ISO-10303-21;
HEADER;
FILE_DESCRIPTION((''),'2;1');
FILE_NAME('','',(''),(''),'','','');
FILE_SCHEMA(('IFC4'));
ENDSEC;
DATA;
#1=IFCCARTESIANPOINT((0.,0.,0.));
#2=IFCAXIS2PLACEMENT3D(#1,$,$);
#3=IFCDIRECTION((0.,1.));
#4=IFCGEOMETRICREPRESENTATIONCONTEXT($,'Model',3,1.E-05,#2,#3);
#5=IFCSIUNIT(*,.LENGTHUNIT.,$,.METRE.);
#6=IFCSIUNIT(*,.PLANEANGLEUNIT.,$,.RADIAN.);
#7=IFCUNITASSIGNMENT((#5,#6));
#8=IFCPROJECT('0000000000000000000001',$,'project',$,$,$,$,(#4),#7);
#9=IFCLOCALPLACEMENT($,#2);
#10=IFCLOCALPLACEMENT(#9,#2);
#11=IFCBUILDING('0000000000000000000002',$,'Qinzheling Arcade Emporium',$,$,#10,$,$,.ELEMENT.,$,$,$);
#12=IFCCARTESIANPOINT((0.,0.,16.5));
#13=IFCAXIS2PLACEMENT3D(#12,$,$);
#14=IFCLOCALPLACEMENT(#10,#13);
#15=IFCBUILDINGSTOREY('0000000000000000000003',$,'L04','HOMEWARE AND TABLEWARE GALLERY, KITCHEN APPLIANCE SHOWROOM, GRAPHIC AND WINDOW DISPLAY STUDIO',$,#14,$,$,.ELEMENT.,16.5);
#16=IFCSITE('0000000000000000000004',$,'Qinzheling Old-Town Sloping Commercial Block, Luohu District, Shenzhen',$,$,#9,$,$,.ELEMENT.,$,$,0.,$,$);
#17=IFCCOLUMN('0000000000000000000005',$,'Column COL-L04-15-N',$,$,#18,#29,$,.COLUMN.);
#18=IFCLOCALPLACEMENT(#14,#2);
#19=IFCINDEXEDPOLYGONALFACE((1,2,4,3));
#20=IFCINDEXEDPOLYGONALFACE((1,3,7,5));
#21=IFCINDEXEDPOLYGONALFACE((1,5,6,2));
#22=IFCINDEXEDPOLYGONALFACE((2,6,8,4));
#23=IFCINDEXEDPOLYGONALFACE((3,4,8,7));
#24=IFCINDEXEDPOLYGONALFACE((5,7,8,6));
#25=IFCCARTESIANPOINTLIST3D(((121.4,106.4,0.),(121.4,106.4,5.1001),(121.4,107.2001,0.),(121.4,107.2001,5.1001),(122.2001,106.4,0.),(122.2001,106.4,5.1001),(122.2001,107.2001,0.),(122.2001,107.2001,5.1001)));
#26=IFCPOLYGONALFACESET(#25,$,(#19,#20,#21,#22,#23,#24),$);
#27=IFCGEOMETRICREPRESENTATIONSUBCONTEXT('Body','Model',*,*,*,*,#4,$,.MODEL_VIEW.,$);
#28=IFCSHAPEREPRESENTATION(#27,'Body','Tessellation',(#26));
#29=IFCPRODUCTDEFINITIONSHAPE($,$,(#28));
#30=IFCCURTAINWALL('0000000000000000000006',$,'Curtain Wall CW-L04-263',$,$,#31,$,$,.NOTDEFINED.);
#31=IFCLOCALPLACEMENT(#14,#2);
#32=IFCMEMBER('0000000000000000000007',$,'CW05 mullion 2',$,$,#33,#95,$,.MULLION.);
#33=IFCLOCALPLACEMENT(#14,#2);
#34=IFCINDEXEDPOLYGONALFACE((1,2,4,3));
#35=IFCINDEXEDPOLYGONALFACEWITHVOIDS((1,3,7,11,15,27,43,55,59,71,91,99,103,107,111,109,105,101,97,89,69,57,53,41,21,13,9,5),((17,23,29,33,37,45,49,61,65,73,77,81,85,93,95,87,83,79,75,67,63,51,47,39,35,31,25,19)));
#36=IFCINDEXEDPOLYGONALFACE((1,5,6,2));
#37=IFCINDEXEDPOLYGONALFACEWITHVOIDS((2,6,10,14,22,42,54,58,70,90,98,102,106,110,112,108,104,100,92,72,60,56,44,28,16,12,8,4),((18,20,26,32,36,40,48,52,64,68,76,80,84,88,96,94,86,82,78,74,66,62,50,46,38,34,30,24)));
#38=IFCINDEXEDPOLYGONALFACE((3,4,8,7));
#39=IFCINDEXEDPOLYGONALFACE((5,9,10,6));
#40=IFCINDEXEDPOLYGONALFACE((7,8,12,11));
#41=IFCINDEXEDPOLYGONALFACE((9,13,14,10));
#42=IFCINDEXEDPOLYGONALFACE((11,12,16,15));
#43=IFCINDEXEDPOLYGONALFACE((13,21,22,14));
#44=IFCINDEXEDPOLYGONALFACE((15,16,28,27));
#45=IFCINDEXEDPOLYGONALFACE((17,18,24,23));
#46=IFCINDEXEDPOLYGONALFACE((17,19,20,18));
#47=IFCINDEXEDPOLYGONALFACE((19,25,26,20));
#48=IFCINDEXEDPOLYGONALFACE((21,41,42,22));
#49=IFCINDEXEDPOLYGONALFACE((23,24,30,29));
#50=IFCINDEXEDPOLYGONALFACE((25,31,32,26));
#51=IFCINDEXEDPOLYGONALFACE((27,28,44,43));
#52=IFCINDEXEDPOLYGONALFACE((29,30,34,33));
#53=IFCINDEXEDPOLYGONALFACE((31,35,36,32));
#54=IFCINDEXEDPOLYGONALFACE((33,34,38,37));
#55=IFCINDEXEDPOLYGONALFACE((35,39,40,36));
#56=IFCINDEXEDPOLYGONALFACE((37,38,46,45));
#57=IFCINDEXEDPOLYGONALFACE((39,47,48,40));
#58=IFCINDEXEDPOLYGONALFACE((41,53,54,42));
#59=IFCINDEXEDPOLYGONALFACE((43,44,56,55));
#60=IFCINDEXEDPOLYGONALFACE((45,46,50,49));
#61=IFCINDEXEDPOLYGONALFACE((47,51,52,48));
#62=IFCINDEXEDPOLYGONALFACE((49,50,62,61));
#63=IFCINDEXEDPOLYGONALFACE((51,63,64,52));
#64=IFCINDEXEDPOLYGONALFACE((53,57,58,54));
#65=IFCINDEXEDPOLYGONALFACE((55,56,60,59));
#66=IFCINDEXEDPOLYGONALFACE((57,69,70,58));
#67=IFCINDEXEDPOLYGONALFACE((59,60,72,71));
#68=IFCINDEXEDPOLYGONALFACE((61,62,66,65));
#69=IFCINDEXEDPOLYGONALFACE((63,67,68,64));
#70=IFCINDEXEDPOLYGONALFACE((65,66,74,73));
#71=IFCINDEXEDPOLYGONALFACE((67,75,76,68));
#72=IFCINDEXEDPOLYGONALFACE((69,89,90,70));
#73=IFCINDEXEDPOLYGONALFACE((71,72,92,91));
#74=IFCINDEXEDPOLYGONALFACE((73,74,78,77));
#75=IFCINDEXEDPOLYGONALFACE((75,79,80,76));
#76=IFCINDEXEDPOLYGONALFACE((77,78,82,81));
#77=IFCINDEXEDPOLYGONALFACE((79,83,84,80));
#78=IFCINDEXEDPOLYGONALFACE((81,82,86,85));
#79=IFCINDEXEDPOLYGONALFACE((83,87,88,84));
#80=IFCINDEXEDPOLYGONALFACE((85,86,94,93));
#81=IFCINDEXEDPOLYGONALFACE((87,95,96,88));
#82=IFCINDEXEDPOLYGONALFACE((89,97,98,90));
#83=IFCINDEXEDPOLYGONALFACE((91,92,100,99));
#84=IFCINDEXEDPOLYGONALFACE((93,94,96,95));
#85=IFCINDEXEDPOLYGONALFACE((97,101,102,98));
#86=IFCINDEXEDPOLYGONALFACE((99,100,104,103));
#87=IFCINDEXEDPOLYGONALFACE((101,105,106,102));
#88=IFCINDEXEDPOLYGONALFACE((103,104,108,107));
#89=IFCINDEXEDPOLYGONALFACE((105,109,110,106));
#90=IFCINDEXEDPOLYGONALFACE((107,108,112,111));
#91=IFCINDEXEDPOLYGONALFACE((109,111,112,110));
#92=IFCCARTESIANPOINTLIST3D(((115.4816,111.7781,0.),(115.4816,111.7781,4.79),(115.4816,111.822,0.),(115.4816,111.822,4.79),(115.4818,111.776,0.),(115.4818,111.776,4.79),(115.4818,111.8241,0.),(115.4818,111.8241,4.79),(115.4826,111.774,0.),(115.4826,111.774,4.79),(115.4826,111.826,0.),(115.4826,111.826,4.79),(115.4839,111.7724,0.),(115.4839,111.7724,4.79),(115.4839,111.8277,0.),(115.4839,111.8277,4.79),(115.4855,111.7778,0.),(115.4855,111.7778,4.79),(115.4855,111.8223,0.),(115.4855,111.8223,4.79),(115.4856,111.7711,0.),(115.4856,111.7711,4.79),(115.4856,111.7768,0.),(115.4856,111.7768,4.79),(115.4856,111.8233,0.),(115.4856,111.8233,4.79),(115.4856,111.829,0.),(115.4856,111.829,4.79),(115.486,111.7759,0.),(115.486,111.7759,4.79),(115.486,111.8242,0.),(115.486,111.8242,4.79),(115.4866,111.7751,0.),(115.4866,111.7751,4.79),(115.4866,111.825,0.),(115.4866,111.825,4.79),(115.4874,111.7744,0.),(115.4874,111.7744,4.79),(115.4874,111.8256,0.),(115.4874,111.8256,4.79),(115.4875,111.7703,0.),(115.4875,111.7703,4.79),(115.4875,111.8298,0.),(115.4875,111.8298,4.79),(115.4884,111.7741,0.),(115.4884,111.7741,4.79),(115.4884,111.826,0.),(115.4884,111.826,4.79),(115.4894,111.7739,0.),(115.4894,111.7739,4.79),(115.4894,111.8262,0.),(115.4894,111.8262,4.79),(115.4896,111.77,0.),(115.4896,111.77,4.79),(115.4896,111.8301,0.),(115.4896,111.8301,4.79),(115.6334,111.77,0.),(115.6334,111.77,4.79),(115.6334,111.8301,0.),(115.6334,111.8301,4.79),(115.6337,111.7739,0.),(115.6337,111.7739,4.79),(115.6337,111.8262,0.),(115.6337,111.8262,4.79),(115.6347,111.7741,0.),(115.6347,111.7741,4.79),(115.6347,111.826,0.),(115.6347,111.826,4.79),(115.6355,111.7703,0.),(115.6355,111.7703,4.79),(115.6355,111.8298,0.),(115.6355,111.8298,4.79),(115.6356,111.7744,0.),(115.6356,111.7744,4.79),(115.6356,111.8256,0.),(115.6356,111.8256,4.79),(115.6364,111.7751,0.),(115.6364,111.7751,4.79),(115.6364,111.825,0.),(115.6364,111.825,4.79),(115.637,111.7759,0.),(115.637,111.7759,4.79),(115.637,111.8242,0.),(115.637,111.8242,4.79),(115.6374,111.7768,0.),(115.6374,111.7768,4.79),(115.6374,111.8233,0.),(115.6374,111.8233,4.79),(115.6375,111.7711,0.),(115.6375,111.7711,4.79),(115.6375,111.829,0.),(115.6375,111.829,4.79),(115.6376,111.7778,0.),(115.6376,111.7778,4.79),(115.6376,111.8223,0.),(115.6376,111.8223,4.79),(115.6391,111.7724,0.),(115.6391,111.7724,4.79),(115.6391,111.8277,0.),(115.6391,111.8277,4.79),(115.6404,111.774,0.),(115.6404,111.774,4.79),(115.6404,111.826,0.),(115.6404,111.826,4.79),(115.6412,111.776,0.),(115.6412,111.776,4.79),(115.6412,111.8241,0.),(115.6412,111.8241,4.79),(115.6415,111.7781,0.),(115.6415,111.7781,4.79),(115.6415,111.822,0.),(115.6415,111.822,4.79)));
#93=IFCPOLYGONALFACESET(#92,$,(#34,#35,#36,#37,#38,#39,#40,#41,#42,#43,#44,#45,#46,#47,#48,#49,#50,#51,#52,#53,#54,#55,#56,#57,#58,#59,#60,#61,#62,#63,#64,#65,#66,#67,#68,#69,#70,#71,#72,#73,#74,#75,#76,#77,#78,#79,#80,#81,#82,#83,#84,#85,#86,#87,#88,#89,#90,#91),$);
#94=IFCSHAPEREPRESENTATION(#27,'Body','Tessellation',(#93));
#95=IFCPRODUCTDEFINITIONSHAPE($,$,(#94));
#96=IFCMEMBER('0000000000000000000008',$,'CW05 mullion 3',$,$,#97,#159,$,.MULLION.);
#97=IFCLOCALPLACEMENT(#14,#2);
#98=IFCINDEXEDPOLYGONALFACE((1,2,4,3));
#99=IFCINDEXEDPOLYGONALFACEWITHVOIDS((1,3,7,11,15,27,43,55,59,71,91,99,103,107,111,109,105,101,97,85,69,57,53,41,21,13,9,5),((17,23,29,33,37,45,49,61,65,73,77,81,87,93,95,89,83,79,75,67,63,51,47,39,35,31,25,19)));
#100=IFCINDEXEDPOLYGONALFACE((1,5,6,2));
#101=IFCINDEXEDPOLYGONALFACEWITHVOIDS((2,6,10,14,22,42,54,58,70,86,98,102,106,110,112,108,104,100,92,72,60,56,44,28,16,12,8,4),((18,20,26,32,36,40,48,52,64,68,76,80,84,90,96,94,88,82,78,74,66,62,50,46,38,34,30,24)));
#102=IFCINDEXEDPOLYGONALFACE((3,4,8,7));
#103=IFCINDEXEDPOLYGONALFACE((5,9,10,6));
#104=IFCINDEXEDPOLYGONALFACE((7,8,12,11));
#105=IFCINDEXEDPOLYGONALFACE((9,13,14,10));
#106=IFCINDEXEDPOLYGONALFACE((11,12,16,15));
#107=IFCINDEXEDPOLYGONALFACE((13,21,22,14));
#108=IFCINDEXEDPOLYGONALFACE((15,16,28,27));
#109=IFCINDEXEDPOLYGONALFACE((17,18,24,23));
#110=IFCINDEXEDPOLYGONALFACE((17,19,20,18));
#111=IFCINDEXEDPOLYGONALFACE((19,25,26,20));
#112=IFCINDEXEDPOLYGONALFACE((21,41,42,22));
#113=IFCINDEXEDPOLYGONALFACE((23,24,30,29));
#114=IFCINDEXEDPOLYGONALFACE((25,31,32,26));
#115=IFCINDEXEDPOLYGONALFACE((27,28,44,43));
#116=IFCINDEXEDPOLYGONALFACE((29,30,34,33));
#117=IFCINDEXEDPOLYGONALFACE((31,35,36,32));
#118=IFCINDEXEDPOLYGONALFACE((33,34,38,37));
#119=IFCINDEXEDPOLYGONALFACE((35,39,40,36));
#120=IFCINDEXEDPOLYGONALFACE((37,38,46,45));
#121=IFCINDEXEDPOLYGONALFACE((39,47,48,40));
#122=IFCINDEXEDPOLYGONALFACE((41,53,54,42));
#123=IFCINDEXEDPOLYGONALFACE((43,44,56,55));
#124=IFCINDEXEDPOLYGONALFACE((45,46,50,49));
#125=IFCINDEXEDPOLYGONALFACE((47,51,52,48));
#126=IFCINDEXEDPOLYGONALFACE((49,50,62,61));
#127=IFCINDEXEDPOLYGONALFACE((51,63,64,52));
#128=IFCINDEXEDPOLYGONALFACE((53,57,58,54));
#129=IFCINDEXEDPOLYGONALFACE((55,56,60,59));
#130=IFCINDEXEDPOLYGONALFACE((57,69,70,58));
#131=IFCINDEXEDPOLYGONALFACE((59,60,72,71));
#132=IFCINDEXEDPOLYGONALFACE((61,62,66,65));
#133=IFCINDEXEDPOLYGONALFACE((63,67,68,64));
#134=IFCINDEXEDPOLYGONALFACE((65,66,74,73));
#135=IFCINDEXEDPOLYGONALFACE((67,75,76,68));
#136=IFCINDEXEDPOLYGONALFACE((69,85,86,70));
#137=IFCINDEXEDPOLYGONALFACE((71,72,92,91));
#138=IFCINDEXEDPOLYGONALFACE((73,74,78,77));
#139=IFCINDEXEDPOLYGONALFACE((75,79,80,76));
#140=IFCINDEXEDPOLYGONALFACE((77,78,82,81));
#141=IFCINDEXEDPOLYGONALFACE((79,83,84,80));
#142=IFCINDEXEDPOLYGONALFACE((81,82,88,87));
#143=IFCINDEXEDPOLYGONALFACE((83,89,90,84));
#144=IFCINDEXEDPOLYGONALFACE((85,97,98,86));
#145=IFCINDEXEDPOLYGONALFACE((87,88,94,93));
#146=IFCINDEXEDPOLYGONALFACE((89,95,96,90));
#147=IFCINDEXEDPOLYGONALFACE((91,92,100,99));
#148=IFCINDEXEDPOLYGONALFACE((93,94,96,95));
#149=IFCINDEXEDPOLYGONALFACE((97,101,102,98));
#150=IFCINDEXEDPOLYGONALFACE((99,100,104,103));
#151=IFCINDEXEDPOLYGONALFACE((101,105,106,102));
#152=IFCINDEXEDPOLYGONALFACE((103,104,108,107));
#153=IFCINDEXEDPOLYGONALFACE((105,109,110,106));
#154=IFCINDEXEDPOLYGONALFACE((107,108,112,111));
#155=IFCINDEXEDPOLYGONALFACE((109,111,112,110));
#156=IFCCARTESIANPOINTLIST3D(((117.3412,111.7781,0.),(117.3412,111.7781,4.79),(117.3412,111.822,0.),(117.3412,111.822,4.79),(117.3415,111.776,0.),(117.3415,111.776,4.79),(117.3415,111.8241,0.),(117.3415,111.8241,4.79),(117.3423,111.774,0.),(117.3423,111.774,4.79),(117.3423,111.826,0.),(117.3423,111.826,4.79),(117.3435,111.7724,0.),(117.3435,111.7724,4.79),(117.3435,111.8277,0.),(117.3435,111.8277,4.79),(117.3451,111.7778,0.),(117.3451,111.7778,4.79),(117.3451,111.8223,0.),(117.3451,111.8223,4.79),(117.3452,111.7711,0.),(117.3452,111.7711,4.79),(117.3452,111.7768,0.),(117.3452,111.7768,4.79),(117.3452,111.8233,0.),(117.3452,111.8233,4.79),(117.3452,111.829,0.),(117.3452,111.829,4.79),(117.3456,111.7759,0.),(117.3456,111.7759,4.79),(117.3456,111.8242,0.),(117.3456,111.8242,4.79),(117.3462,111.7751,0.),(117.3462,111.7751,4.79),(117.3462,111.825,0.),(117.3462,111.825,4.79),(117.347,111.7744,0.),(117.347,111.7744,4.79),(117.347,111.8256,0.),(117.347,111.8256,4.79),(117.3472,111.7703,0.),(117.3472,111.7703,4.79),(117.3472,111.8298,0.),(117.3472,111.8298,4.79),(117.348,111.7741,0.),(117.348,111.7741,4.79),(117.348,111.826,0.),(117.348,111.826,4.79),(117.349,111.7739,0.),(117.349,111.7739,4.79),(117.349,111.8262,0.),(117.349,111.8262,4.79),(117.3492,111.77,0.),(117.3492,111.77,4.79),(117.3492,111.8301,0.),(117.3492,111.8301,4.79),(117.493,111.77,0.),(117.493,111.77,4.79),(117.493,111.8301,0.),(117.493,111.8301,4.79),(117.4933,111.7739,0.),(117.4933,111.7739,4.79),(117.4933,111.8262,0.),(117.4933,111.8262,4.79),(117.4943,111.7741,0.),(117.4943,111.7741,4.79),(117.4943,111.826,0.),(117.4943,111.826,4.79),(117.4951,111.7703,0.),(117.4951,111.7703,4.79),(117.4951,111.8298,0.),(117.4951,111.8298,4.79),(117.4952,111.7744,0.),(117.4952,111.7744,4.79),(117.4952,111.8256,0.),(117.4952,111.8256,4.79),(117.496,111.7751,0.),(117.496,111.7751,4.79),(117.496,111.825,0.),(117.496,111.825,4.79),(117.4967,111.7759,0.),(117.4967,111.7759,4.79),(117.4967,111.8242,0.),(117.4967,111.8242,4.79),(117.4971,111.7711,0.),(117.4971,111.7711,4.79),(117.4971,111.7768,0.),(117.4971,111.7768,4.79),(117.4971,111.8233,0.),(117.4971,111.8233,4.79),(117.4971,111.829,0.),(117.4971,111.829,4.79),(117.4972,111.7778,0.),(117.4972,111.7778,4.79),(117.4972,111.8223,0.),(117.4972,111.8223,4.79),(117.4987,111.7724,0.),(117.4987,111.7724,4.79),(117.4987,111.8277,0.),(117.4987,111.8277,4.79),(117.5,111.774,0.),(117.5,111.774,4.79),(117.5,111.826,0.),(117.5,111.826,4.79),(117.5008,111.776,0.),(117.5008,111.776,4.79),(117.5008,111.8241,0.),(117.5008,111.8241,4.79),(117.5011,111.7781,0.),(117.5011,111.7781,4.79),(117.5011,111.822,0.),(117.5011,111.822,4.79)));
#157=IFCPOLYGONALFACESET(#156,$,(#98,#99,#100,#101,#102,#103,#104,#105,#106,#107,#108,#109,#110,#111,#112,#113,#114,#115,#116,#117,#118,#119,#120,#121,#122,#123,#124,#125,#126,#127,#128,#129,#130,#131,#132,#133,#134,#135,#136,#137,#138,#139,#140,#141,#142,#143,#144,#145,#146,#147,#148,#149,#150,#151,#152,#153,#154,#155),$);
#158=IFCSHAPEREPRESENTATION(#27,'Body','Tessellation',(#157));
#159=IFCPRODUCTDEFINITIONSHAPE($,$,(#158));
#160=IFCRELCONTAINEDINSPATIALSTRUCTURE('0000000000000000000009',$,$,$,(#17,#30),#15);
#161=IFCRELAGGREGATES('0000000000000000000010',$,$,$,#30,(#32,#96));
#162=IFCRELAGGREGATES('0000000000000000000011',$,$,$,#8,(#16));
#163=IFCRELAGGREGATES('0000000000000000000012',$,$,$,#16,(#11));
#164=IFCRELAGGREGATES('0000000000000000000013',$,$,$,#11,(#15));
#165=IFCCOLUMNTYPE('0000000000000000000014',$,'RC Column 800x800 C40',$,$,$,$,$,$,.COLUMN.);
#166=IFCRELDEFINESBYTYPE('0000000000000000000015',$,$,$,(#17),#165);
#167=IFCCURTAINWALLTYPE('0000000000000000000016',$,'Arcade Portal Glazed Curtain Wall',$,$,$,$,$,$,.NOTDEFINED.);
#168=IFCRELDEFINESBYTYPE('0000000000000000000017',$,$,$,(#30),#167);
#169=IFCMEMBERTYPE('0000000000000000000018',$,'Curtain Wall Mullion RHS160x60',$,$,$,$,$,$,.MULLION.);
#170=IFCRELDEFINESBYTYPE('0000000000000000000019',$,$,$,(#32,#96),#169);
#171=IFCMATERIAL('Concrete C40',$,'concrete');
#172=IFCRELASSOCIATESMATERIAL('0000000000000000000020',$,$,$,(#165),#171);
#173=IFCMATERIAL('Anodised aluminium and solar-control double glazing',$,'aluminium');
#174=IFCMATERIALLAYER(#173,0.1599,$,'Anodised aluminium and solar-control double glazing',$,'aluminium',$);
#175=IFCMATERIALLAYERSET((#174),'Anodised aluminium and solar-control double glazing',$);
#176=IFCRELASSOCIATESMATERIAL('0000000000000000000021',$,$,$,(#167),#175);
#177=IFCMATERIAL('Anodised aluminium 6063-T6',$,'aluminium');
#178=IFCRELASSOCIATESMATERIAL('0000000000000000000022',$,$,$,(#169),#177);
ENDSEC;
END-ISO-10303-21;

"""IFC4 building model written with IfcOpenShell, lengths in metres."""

from ifc_helpers import new_model, si_unit, direction, frame, origin, origin_2d, place, context, subcontext, project, spatial, rectangle, hollow_rectangle, extrude, material, layer, layer_set, material_profile, profile_set, type_object, element, aggregate, save


model = new_model("IFC4")

# Units and contexts
model_context = context("Model", 3, precision=1e-05, world=origin(), true_north=direction((0.0, 1.0)))
body_context = subcontext(model_context, "Body", "Model", "MODEL_VIEW")
ifc_project = project(units=[si_unit("LENGTHUNIT", "METRE"), si_unit("PLANEANGLEUNIT", "RADIAN")], contexts=[model_context])

# Site, building, storey
site_placement = place(None, origin())
site = spatial("IfcSite", under=ifc_project, at=site_placement, Name="Qinzheling Old-Town Sloping Commercial Block, Luohu District, Shenzhen", CompositionType="ELEMENT", RefElevation=0.0)
building_placement = place(site_placement, origin())
building = spatial("IfcBuilding", under=site, at=building_placement, Name="Qinzheling Arcade Emporium", CompositionType="ELEMENT")
storey_placement = place(building_placement, frame((0.0, 0.0, 16.5)))
storey = spatial("IfcBuildingStorey", under=building, at=storey_placement, Name="L04", Description="HOMEWARE AND TABLEWARE GALLERY, KITCHEN APPLIANCE SHOWROOM, GRAPHIC AND WINDOW DISPLAY STUDIO", CompositionType="ELEMENT", Elevation=16.5)

# Column
ifc_material_1 = material(Name="Concrete C40", Category="concrete")
ifc_material_profile_1 = material_profile(ifc_material_1, rectangle(XDim=0.8, YDim=0.8, at=origin_2d()), Name="RC 800x800", Category="concrete")
ifc_profile_set_1 = profile_set([ifc_material_profile_1], Name="Concrete C40")
column_type = type_object("IfcColumnType", Name="RC Column 800x800 C40", PredefinedType="COLUMN", material=ifc_profile_set_1)
column_placement = place(storey_placement, frame((121.8, 106.8, 0.0), z_axis=(0.0, 0.0, 1.0), x_axis=(1.0, 0.0, 0.0)))
element("IfcColumn", 1, at=column_placement, inside=storey, type_object=column_type, Name="Column COL-L04-15-N", PredefinedType="COLUMN", context=body_context, shape_type="SweptSolid", body=[
    extrude(rectangle(XDim=0.8, YDim=0.8, at=origin_2d()), origin(), (0.0, 0.0, 1.0), 5.1001),
])

# Curtain wall, members
ifc_material_2 = material(Name="Anodised aluminium and solar-control double glazing", Category="aluminium")
ifc_layer_1 = layer(ifc_material_2, 0.1599, Name="Anodised aluminium and solar-control double glazing", Category="aluminium")
ifc_layer_set_1 = layer_set([ifc_layer_1], Name="Anodised aluminium and solar-control double glazing")
curtain_wall_type = type_object("IfcCurtainWallType", Name="Arcade Portal Glazed Curtain Wall", PredefinedType="NOTDEFINED", material=ifc_layer_set_1)
curtain_wall_placement = place(storey_placement, origin())
curtain_wall = element("IfcCurtainWall", 2, at=curtain_wall_placement, inside=storey, type_object=curtain_wall_type, Name="Curtain Wall CW-L04-263", PredefinedType="NOTDEFINED")
ifc_material_3 = material(Name="Anodised aluminium 6063-T6", Category="aluminium")
ifc_material_profile_2 = material_profile(ifc_material_3, hollow_rectangle(XDim=0.0601, YDim=0.1599, WallThickness=0.0039, InnerFilletRadius=0.0039, OuterFilletRadius=0.0081, at=origin_2d()), Name="RHS 160x60x4", Category="aluminium")
ifc_profile_set_2 = profile_set([ifc_material_profile_2], Name="Anodised aluminium 6063-T6")
member_type_1 = type_object("IfcMemberType", Name="Curtain Wall Mullion RHS160x60", PredefinedType="MULLION", material=ifc_profile_set_2)
member_1_placement = place(storey_placement, frame((115.5615, 111.8, 0.0), z_axis=(0.0, 0.0, 1.0), x_axis=(0.0, 1.0, 0.0)))
member_1 = element("IfcMember", 3, at=member_1_placement, type_object=member_type_1, Name="CW05 mullion 2", PredefinedType="MULLION", context=body_context, shape_type="SweptSolid", body=[
    extrude(hollow_rectangle(XDim=0.0601, YDim=0.1599, WallThickness=0.0039, InnerFilletRadius=0.0039, OuterFilletRadius=0.0081, at=origin_2d()), origin(), (0.0, 0.0, 1.0), 4.79),
])
member_2_placement = place(storey_placement, frame((117.4211, 111.8, 0.0), z_axis=(0.0, 0.0, 1.0), x_axis=(0.0, 1.0, 0.0)))
member_2 = element("IfcMember", 4, at=member_2_placement, type_object=member_type_1, Name="CW05 mullion 3", PredefinedType="MULLION", context=body_context, shape_type="SweptSolid", body=[
    extrude(hollow_rectangle(XDim=0.0601, YDim=0.1599, WallThickness=0.0039, InnerFilletRadius=0.0039, OuterFilletRadius=0.0081, at=origin_2d()), origin(), (0.0, 0.0, 1.0), 4.79),
])
aggregate(curtain_wall, [member_1, member_2])

save(model, "model.ifc")
